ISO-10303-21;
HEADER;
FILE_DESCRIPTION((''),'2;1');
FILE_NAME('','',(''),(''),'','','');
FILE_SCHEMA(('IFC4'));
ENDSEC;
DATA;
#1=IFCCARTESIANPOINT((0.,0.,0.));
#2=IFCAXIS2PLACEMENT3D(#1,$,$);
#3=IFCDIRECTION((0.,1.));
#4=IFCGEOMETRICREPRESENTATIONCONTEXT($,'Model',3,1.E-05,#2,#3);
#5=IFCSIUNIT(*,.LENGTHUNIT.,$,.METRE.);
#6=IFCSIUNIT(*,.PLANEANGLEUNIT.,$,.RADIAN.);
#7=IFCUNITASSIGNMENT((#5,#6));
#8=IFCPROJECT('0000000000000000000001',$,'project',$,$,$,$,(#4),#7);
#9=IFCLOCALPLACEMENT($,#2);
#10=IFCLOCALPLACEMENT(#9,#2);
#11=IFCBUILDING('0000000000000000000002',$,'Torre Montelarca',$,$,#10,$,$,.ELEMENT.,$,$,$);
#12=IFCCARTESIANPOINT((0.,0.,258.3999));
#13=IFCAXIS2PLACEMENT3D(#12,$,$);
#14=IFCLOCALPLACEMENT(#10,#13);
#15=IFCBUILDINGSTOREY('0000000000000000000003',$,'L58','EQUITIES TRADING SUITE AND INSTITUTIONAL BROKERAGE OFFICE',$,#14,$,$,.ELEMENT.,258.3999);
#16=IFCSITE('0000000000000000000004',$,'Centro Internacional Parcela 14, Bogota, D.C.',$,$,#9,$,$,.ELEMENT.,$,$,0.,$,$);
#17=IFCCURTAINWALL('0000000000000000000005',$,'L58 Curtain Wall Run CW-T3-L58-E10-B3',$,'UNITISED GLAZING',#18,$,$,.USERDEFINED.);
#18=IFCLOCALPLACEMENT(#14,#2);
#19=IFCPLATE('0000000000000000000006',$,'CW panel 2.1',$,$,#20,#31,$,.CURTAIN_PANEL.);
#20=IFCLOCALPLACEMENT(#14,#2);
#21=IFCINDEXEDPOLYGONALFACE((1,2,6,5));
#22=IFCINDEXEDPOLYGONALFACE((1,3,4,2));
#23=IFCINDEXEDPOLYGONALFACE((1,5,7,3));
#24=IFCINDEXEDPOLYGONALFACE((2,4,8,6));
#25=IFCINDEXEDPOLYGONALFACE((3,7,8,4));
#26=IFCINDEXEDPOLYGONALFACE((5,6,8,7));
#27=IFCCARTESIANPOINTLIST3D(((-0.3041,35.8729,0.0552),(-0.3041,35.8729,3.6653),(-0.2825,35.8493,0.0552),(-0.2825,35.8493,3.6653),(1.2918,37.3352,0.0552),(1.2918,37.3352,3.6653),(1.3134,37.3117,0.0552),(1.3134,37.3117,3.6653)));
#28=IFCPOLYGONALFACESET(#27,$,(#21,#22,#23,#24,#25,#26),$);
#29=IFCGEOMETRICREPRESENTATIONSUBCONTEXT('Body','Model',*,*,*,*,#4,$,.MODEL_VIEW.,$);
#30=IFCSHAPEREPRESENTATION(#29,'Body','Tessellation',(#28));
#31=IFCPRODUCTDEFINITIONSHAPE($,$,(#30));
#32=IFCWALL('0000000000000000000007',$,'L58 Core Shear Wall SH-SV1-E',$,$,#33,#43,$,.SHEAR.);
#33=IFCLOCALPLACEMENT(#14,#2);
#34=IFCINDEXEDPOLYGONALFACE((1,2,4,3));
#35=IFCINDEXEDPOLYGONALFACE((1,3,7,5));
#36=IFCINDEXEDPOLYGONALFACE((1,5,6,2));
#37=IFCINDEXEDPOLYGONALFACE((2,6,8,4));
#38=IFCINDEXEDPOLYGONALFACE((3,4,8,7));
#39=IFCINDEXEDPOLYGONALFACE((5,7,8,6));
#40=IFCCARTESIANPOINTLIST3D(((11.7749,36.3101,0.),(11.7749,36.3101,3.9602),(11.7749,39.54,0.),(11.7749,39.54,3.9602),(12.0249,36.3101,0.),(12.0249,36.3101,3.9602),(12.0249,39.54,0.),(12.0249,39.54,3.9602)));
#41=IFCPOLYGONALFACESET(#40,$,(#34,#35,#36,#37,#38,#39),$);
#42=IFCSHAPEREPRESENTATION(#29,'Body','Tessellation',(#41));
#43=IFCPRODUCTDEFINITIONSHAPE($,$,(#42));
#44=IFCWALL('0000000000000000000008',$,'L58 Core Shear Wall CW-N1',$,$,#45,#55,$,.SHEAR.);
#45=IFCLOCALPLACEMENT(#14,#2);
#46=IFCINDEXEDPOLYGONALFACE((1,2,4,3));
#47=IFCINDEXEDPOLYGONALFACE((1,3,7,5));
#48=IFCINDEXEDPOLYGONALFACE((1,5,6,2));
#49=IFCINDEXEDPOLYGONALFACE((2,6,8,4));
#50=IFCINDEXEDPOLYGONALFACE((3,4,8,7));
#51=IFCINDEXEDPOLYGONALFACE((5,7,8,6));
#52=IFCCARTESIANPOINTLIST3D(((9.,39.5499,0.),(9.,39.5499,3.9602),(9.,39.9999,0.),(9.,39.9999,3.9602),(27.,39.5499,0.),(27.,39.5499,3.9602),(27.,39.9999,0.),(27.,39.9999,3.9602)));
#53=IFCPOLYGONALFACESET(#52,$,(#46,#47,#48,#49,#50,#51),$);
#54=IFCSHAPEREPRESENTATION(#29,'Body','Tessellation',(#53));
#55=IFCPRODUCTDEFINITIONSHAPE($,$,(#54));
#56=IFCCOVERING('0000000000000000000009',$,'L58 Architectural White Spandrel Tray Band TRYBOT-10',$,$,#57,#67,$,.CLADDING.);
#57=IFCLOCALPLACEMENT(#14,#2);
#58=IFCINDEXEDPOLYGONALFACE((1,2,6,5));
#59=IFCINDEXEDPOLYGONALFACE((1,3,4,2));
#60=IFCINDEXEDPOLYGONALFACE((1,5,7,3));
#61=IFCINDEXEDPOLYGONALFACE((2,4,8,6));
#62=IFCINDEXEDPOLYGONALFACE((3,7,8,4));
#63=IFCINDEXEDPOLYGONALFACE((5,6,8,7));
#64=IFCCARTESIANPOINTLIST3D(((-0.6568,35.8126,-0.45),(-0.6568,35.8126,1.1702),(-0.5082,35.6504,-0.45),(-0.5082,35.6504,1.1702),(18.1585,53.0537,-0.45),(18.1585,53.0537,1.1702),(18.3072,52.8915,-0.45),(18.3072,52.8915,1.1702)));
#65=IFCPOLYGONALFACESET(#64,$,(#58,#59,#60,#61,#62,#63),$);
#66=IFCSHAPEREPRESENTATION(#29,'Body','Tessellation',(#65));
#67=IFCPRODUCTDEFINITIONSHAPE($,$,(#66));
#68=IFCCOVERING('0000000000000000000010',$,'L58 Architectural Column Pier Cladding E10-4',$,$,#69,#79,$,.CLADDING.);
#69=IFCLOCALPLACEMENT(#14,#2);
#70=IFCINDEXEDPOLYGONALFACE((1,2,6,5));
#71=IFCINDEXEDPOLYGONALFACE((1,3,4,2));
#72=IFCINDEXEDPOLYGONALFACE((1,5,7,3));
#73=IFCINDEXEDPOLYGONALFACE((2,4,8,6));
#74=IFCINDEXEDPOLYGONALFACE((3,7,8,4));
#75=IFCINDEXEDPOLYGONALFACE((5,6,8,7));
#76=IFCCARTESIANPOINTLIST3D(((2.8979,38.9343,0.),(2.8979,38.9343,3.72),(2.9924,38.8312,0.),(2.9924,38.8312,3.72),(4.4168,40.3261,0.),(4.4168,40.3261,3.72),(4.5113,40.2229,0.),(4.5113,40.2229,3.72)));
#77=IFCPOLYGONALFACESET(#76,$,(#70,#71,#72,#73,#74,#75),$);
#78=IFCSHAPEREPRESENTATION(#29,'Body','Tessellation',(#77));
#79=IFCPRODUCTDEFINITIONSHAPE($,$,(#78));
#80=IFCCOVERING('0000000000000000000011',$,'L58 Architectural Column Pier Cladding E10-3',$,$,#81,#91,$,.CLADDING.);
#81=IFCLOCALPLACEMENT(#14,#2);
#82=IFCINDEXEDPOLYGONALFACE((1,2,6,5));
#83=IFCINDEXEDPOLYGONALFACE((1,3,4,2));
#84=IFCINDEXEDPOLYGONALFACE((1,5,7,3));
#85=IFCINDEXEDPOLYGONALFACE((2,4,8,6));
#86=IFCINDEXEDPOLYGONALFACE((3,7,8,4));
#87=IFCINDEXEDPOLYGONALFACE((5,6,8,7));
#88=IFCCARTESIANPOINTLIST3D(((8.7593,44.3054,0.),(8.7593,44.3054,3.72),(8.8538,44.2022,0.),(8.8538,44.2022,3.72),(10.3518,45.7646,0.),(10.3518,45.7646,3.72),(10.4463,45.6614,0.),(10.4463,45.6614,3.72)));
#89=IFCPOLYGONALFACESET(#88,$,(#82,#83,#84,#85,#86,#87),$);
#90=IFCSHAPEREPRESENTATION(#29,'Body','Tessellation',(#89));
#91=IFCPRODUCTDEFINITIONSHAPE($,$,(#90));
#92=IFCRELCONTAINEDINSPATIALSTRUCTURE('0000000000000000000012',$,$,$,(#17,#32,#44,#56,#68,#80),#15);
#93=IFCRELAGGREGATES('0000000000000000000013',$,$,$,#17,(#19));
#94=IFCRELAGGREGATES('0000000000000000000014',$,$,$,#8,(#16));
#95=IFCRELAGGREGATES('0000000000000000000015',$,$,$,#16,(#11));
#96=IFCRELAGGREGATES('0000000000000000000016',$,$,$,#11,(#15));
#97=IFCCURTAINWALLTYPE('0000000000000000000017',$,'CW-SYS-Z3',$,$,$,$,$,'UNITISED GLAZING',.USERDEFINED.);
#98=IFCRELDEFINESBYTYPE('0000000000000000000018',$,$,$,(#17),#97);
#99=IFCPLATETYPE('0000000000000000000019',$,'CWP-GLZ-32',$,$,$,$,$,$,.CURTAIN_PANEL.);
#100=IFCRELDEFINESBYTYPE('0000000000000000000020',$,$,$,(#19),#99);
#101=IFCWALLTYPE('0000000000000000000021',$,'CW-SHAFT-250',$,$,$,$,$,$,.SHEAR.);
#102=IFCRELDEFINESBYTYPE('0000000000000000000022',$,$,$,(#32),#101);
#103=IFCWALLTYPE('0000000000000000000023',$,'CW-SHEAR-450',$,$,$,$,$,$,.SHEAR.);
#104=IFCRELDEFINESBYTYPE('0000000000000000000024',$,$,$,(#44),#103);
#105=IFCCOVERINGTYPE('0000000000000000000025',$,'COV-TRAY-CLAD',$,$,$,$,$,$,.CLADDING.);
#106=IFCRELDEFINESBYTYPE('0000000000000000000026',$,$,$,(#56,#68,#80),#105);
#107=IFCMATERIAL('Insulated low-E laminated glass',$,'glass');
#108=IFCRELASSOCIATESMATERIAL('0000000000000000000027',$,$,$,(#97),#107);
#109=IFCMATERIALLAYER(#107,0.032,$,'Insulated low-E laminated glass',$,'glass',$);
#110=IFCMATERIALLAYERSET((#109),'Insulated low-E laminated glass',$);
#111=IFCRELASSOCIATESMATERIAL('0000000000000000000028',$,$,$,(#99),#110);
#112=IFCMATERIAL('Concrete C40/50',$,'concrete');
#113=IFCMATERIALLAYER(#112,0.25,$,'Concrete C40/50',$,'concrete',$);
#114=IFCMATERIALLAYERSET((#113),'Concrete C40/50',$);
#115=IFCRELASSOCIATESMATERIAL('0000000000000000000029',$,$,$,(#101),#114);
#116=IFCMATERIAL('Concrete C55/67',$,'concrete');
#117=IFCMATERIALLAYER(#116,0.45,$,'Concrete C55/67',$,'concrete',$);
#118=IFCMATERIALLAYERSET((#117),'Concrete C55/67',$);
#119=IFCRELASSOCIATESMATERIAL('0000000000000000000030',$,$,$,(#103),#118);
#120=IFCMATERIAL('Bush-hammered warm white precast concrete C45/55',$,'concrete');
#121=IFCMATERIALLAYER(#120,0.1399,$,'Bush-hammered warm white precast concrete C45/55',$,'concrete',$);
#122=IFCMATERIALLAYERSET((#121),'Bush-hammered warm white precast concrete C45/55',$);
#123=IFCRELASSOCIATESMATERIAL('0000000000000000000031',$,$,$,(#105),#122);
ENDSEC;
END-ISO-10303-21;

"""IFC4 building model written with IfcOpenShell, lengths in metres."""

from ifc_helpers import new_model, si_unit, direction, frame, frame_2d, origin, origin_2d, place, context, subcontext, project, spatial, rectangle, extrude, source, transform, mapped, material, layer, layer_set, type_object, element, aggregate, save


model = new_model("IFC4")

# Units and contexts
model_context = context("Model", 3, precision=1e-05, world=origin(), true_north=direction((0.0, 1.0)))
body_context = subcontext(model_context, "Body", "Model", "MODEL_VIEW")
ifc_project = project(units=[si_unit("LENGTHUNIT", "METRE"), si_unit("PLANEANGLEUNIT", "RADIAN")], contexts=[model_context])

# Site, building, storey
site_placement = place(None, origin())
site = spatial("IfcSite", under=ifc_project, at=site_placement, Name="Centro Internacional Parcela 14, Bogota, D.C.", CompositionType="ELEMENT", RefElevation=0.0)
building_placement = place(site_placement, origin())
building = spatial("IfcBuilding", under=site, at=building_placement, Name="Torre Montelarca", CompositionType="ELEMENT")
storey_placement = place(building_placement, frame((0.0, 0.0, 258.3999)))
storey = spatial("IfcBuildingStorey", under=building, at=storey_placement, Name="L58", Description="EQUITIES TRADING SUITE AND INSTITUTIONAL BROKERAGE OFFICE", CompositionType="ELEMENT", Elevation=258.3999)

# Shared definitions
ifc_material_1 = material(Name="Concrete C55/67", Category="concrete")
ifc_material_2 = material(Name="Concrete C40/50", Category="concrete")

# Shared definitions
ifc_material_3 = material(Name="Insulated low-E laminated glass", Category="glass")
curtain_wall_type = type_object("IfcCurtainWallType", Name="CW-SYS-Z3", ElementType="UNITISED GLAZING", PredefinedType="USERDEFINED", material=ifc_material_3)

# Curtain wall
curtain_wall_1_placement = place(storey_placement, origin())
curtain_wall_1 = element("IfcCurtainWall", 1, at=curtain_wall_1_placement, inside=storey, type_object=curtain_wall_type, Name="L58 Curtain Wall Run CW-T3-L58-E10-B3", ObjectType="UNITISED GLAZING", PredefinedType="USERDEFINED")

# Plate
ifc_layer_1 = layer(ifc_material_3, 0.032, Name="Insulated low-E laminated glass", Category="glass")
ifc_layer_set_1 = layer_set([ifc_layer_1], Name="Insulated low-E laminated glass")
plate_type = type_object("IfcPlateType", Name="CWP-GLZ-32", PredefinedType="CURTAIN_PANEL", material=ifc_layer_set_1)
shared_shape_1 = source(origin(), body_context, "Body", "SweptSolid", [
    extrude(rectangle(XDim=2.1646, YDim=0.032, at=origin_2d()), origin(), (0.0, 0.0, 1.0), 3.6101),
])
plate_1_placement = place(storey_placement, frame((0.5046, 36.5923, 0.0552), z_axis=(0.0, 0.0, 1.0), x_axis=(-0.737284, -0.675583, 0.0)))
plate_1 = element("IfcPlate", 2, at=plate_1_placement, type_object=plate_type, Name="CW panel 2.1", PredefinedType="CURTAIN_PANEL", context=body_context, shape_type="MappedRepresentation", body=[
    mapped(shared_shape_1, transform((0.0, 0.0, 0.0), scale=1.0)),
])
aggregate(curtain_wall_1, [plate_1])

# Walls
ifc_layer_2 = layer(ifc_material_2, 0.25, Name="Concrete C40/50", Category="concrete")
ifc_layer_set_2 = layer_set([ifc_layer_2], Name="Concrete C40/50")
wall_type_1 = type_object("IfcWallType", Name="CW-SHAFT-250", PredefinedType="SHEAR", material=ifc_layer_set_2)
wall_1_placement = place(storey_placement, frame((11.8999, 36.3101, 0.0), z_axis=(0.0, 0.0, 1.0), x_axis=(0.0, 1.0, 0.0)))
element("IfcWall", 3, at=wall_1_placement, inside=storey, type_object=wall_type_1, Name="L58 Core Shear Wall SH-SV1-E", PredefinedType="SHEAR", context=body_context, shape_type="SweptSolid", body=[
    extrude(rectangle(XDim=3.23, YDim=0.25, at=frame_2d((1.615, 0.0))), origin(), (0.0, 0.0, 1.0), 3.9602),
])
ifc_layer_3 = layer(ifc_material_1, 0.45, Name="Concrete C55/67", Category="concrete")
ifc_layer_set_3 = layer_set([ifc_layer_3], Name="Concrete C55/67")
wall_type_2 = type_object("IfcWallType", Name="CW-SHEAR-450", PredefinedType="SHEAR", material=ifc_layer_set_3)
wall_2_placement = place(storey_placement, frame((9.0, 39.7749, 0.0), z_axis=(0.0, 0.0, 1.0), x_axis=(1.0, 0.0, 0.0)))
element("IfcWall", 4, at=wall_2_placement, inside=storey, type_object=wall_type_2, Name="L58 Core Shear Wall CW-N1", PredefinedType="SHEAR", context=body_context, shape_type="SweptSolid", body=[
    extrude(rectangle(XDim=18.0, YDim=0.45, at=frame_2d((9.0, 0.0))), origin(), (0.0, 0.0, 1.0), 3.9602),
])

# Coverings
ifc_material_4 = material(Name="Bush-hammered warm white precast concrete C45/55", Category="concrete")
ifc_layer_4 = layer(ifc_material_4, 0.1399, Name="Bush-hammered warm white precast concrete C45/55", Category="concrete")
ifc_layer_set_4 = layer_set([ifc_layer_4], Name="Bush-hammered warm white precast concrete C45/55")
covering_type = type_object("IfcCoveringType", Name="COV-TRAY-CLAD", PredefinedType="CLADDING", material=ifc_layer_set_4)
shared_shape_2 = source(origin(), body_context, "Body", "SweptSolid", [
    extrude(rectangle(XDim=25.52, YDim=0.22, at=origin_2d()), origin(), (0.0, 0.0, 1.0), 1.6201),
])
covering_1_placement = place(storey_placement, frame((8.8252, 44.3521, -0.45), z_axis=(0.0, 0.0, 1.0), x_axis=(-0.737276, -0.675591, 0.0)))
element("IfcCovering", 5, at=covering_1_placement, inside=storey, type_object=covering_type, Name="L58 Architectural White Spandrel Tray Band TRYBOT-10", PredefinedType="CLADDING", context=body_context, shape_type="MappedRepresentation", body=[
    mapped(shared_shape_2, transform((0.0, 0.0, 0.0), scale=1.0)),
])
shared_shape_3 = source(origin(), body_context, "Body", "SweptSolid", [
    extrude(rectangle(XDim=2.0601, YDim=0.1399, at=origin_2d()), origin(), (0.0, 0.0, 1.0), 3.72),
])
covering_2_placement = place(storey_placement, frame((3.7046, 39.5786, 0.0), z_axis=(0.0, 0.0, 1.0), x_axis=(-0.737276, -0.675591, 0.0)))
element("IfcCovering", 6, at=covering_2_placement, inside=storey, type_object=covering_type, Name="L58 Architectural Column Pier Cladding E10-4", PredefinedType="CLADDING", context=body_context, shape_type="MappedRepresentation", body=[
    mapped(shared_shape_3, transform((0.0, 0.0, 0.0), scale=1.0)),
])
shared_shape_4 = source(origin(), body_context, "Body", "SweptSolid", [
    extrude(rectangle(XDim=2.1599, YDim=0.1399, at=origin_2d()), origin(), (0.0, 0.0, 1.0), 3.72),
])
covering_3_placement = place(storey_placement, frame((9.6028, 44.9834, 0.0), z_axis=(0.0, 0.0, 1.0), x_axis=(-0.737276, -0.675591, 0.0)))
element("IfcCovering", 7, at=covering_3_placement, inside=storey, type_object=covering_type, Name="L58 Architectural Column Pier Cladding E10-3", PredefinedType="CLADDING", context=body_context, shape_type="MappedRepresentation", body=[
    mapped(shared_shape_4, transform((0.0, 0.0, 0.0), scale=1.0)),
])

save(model, "model.ifc")
